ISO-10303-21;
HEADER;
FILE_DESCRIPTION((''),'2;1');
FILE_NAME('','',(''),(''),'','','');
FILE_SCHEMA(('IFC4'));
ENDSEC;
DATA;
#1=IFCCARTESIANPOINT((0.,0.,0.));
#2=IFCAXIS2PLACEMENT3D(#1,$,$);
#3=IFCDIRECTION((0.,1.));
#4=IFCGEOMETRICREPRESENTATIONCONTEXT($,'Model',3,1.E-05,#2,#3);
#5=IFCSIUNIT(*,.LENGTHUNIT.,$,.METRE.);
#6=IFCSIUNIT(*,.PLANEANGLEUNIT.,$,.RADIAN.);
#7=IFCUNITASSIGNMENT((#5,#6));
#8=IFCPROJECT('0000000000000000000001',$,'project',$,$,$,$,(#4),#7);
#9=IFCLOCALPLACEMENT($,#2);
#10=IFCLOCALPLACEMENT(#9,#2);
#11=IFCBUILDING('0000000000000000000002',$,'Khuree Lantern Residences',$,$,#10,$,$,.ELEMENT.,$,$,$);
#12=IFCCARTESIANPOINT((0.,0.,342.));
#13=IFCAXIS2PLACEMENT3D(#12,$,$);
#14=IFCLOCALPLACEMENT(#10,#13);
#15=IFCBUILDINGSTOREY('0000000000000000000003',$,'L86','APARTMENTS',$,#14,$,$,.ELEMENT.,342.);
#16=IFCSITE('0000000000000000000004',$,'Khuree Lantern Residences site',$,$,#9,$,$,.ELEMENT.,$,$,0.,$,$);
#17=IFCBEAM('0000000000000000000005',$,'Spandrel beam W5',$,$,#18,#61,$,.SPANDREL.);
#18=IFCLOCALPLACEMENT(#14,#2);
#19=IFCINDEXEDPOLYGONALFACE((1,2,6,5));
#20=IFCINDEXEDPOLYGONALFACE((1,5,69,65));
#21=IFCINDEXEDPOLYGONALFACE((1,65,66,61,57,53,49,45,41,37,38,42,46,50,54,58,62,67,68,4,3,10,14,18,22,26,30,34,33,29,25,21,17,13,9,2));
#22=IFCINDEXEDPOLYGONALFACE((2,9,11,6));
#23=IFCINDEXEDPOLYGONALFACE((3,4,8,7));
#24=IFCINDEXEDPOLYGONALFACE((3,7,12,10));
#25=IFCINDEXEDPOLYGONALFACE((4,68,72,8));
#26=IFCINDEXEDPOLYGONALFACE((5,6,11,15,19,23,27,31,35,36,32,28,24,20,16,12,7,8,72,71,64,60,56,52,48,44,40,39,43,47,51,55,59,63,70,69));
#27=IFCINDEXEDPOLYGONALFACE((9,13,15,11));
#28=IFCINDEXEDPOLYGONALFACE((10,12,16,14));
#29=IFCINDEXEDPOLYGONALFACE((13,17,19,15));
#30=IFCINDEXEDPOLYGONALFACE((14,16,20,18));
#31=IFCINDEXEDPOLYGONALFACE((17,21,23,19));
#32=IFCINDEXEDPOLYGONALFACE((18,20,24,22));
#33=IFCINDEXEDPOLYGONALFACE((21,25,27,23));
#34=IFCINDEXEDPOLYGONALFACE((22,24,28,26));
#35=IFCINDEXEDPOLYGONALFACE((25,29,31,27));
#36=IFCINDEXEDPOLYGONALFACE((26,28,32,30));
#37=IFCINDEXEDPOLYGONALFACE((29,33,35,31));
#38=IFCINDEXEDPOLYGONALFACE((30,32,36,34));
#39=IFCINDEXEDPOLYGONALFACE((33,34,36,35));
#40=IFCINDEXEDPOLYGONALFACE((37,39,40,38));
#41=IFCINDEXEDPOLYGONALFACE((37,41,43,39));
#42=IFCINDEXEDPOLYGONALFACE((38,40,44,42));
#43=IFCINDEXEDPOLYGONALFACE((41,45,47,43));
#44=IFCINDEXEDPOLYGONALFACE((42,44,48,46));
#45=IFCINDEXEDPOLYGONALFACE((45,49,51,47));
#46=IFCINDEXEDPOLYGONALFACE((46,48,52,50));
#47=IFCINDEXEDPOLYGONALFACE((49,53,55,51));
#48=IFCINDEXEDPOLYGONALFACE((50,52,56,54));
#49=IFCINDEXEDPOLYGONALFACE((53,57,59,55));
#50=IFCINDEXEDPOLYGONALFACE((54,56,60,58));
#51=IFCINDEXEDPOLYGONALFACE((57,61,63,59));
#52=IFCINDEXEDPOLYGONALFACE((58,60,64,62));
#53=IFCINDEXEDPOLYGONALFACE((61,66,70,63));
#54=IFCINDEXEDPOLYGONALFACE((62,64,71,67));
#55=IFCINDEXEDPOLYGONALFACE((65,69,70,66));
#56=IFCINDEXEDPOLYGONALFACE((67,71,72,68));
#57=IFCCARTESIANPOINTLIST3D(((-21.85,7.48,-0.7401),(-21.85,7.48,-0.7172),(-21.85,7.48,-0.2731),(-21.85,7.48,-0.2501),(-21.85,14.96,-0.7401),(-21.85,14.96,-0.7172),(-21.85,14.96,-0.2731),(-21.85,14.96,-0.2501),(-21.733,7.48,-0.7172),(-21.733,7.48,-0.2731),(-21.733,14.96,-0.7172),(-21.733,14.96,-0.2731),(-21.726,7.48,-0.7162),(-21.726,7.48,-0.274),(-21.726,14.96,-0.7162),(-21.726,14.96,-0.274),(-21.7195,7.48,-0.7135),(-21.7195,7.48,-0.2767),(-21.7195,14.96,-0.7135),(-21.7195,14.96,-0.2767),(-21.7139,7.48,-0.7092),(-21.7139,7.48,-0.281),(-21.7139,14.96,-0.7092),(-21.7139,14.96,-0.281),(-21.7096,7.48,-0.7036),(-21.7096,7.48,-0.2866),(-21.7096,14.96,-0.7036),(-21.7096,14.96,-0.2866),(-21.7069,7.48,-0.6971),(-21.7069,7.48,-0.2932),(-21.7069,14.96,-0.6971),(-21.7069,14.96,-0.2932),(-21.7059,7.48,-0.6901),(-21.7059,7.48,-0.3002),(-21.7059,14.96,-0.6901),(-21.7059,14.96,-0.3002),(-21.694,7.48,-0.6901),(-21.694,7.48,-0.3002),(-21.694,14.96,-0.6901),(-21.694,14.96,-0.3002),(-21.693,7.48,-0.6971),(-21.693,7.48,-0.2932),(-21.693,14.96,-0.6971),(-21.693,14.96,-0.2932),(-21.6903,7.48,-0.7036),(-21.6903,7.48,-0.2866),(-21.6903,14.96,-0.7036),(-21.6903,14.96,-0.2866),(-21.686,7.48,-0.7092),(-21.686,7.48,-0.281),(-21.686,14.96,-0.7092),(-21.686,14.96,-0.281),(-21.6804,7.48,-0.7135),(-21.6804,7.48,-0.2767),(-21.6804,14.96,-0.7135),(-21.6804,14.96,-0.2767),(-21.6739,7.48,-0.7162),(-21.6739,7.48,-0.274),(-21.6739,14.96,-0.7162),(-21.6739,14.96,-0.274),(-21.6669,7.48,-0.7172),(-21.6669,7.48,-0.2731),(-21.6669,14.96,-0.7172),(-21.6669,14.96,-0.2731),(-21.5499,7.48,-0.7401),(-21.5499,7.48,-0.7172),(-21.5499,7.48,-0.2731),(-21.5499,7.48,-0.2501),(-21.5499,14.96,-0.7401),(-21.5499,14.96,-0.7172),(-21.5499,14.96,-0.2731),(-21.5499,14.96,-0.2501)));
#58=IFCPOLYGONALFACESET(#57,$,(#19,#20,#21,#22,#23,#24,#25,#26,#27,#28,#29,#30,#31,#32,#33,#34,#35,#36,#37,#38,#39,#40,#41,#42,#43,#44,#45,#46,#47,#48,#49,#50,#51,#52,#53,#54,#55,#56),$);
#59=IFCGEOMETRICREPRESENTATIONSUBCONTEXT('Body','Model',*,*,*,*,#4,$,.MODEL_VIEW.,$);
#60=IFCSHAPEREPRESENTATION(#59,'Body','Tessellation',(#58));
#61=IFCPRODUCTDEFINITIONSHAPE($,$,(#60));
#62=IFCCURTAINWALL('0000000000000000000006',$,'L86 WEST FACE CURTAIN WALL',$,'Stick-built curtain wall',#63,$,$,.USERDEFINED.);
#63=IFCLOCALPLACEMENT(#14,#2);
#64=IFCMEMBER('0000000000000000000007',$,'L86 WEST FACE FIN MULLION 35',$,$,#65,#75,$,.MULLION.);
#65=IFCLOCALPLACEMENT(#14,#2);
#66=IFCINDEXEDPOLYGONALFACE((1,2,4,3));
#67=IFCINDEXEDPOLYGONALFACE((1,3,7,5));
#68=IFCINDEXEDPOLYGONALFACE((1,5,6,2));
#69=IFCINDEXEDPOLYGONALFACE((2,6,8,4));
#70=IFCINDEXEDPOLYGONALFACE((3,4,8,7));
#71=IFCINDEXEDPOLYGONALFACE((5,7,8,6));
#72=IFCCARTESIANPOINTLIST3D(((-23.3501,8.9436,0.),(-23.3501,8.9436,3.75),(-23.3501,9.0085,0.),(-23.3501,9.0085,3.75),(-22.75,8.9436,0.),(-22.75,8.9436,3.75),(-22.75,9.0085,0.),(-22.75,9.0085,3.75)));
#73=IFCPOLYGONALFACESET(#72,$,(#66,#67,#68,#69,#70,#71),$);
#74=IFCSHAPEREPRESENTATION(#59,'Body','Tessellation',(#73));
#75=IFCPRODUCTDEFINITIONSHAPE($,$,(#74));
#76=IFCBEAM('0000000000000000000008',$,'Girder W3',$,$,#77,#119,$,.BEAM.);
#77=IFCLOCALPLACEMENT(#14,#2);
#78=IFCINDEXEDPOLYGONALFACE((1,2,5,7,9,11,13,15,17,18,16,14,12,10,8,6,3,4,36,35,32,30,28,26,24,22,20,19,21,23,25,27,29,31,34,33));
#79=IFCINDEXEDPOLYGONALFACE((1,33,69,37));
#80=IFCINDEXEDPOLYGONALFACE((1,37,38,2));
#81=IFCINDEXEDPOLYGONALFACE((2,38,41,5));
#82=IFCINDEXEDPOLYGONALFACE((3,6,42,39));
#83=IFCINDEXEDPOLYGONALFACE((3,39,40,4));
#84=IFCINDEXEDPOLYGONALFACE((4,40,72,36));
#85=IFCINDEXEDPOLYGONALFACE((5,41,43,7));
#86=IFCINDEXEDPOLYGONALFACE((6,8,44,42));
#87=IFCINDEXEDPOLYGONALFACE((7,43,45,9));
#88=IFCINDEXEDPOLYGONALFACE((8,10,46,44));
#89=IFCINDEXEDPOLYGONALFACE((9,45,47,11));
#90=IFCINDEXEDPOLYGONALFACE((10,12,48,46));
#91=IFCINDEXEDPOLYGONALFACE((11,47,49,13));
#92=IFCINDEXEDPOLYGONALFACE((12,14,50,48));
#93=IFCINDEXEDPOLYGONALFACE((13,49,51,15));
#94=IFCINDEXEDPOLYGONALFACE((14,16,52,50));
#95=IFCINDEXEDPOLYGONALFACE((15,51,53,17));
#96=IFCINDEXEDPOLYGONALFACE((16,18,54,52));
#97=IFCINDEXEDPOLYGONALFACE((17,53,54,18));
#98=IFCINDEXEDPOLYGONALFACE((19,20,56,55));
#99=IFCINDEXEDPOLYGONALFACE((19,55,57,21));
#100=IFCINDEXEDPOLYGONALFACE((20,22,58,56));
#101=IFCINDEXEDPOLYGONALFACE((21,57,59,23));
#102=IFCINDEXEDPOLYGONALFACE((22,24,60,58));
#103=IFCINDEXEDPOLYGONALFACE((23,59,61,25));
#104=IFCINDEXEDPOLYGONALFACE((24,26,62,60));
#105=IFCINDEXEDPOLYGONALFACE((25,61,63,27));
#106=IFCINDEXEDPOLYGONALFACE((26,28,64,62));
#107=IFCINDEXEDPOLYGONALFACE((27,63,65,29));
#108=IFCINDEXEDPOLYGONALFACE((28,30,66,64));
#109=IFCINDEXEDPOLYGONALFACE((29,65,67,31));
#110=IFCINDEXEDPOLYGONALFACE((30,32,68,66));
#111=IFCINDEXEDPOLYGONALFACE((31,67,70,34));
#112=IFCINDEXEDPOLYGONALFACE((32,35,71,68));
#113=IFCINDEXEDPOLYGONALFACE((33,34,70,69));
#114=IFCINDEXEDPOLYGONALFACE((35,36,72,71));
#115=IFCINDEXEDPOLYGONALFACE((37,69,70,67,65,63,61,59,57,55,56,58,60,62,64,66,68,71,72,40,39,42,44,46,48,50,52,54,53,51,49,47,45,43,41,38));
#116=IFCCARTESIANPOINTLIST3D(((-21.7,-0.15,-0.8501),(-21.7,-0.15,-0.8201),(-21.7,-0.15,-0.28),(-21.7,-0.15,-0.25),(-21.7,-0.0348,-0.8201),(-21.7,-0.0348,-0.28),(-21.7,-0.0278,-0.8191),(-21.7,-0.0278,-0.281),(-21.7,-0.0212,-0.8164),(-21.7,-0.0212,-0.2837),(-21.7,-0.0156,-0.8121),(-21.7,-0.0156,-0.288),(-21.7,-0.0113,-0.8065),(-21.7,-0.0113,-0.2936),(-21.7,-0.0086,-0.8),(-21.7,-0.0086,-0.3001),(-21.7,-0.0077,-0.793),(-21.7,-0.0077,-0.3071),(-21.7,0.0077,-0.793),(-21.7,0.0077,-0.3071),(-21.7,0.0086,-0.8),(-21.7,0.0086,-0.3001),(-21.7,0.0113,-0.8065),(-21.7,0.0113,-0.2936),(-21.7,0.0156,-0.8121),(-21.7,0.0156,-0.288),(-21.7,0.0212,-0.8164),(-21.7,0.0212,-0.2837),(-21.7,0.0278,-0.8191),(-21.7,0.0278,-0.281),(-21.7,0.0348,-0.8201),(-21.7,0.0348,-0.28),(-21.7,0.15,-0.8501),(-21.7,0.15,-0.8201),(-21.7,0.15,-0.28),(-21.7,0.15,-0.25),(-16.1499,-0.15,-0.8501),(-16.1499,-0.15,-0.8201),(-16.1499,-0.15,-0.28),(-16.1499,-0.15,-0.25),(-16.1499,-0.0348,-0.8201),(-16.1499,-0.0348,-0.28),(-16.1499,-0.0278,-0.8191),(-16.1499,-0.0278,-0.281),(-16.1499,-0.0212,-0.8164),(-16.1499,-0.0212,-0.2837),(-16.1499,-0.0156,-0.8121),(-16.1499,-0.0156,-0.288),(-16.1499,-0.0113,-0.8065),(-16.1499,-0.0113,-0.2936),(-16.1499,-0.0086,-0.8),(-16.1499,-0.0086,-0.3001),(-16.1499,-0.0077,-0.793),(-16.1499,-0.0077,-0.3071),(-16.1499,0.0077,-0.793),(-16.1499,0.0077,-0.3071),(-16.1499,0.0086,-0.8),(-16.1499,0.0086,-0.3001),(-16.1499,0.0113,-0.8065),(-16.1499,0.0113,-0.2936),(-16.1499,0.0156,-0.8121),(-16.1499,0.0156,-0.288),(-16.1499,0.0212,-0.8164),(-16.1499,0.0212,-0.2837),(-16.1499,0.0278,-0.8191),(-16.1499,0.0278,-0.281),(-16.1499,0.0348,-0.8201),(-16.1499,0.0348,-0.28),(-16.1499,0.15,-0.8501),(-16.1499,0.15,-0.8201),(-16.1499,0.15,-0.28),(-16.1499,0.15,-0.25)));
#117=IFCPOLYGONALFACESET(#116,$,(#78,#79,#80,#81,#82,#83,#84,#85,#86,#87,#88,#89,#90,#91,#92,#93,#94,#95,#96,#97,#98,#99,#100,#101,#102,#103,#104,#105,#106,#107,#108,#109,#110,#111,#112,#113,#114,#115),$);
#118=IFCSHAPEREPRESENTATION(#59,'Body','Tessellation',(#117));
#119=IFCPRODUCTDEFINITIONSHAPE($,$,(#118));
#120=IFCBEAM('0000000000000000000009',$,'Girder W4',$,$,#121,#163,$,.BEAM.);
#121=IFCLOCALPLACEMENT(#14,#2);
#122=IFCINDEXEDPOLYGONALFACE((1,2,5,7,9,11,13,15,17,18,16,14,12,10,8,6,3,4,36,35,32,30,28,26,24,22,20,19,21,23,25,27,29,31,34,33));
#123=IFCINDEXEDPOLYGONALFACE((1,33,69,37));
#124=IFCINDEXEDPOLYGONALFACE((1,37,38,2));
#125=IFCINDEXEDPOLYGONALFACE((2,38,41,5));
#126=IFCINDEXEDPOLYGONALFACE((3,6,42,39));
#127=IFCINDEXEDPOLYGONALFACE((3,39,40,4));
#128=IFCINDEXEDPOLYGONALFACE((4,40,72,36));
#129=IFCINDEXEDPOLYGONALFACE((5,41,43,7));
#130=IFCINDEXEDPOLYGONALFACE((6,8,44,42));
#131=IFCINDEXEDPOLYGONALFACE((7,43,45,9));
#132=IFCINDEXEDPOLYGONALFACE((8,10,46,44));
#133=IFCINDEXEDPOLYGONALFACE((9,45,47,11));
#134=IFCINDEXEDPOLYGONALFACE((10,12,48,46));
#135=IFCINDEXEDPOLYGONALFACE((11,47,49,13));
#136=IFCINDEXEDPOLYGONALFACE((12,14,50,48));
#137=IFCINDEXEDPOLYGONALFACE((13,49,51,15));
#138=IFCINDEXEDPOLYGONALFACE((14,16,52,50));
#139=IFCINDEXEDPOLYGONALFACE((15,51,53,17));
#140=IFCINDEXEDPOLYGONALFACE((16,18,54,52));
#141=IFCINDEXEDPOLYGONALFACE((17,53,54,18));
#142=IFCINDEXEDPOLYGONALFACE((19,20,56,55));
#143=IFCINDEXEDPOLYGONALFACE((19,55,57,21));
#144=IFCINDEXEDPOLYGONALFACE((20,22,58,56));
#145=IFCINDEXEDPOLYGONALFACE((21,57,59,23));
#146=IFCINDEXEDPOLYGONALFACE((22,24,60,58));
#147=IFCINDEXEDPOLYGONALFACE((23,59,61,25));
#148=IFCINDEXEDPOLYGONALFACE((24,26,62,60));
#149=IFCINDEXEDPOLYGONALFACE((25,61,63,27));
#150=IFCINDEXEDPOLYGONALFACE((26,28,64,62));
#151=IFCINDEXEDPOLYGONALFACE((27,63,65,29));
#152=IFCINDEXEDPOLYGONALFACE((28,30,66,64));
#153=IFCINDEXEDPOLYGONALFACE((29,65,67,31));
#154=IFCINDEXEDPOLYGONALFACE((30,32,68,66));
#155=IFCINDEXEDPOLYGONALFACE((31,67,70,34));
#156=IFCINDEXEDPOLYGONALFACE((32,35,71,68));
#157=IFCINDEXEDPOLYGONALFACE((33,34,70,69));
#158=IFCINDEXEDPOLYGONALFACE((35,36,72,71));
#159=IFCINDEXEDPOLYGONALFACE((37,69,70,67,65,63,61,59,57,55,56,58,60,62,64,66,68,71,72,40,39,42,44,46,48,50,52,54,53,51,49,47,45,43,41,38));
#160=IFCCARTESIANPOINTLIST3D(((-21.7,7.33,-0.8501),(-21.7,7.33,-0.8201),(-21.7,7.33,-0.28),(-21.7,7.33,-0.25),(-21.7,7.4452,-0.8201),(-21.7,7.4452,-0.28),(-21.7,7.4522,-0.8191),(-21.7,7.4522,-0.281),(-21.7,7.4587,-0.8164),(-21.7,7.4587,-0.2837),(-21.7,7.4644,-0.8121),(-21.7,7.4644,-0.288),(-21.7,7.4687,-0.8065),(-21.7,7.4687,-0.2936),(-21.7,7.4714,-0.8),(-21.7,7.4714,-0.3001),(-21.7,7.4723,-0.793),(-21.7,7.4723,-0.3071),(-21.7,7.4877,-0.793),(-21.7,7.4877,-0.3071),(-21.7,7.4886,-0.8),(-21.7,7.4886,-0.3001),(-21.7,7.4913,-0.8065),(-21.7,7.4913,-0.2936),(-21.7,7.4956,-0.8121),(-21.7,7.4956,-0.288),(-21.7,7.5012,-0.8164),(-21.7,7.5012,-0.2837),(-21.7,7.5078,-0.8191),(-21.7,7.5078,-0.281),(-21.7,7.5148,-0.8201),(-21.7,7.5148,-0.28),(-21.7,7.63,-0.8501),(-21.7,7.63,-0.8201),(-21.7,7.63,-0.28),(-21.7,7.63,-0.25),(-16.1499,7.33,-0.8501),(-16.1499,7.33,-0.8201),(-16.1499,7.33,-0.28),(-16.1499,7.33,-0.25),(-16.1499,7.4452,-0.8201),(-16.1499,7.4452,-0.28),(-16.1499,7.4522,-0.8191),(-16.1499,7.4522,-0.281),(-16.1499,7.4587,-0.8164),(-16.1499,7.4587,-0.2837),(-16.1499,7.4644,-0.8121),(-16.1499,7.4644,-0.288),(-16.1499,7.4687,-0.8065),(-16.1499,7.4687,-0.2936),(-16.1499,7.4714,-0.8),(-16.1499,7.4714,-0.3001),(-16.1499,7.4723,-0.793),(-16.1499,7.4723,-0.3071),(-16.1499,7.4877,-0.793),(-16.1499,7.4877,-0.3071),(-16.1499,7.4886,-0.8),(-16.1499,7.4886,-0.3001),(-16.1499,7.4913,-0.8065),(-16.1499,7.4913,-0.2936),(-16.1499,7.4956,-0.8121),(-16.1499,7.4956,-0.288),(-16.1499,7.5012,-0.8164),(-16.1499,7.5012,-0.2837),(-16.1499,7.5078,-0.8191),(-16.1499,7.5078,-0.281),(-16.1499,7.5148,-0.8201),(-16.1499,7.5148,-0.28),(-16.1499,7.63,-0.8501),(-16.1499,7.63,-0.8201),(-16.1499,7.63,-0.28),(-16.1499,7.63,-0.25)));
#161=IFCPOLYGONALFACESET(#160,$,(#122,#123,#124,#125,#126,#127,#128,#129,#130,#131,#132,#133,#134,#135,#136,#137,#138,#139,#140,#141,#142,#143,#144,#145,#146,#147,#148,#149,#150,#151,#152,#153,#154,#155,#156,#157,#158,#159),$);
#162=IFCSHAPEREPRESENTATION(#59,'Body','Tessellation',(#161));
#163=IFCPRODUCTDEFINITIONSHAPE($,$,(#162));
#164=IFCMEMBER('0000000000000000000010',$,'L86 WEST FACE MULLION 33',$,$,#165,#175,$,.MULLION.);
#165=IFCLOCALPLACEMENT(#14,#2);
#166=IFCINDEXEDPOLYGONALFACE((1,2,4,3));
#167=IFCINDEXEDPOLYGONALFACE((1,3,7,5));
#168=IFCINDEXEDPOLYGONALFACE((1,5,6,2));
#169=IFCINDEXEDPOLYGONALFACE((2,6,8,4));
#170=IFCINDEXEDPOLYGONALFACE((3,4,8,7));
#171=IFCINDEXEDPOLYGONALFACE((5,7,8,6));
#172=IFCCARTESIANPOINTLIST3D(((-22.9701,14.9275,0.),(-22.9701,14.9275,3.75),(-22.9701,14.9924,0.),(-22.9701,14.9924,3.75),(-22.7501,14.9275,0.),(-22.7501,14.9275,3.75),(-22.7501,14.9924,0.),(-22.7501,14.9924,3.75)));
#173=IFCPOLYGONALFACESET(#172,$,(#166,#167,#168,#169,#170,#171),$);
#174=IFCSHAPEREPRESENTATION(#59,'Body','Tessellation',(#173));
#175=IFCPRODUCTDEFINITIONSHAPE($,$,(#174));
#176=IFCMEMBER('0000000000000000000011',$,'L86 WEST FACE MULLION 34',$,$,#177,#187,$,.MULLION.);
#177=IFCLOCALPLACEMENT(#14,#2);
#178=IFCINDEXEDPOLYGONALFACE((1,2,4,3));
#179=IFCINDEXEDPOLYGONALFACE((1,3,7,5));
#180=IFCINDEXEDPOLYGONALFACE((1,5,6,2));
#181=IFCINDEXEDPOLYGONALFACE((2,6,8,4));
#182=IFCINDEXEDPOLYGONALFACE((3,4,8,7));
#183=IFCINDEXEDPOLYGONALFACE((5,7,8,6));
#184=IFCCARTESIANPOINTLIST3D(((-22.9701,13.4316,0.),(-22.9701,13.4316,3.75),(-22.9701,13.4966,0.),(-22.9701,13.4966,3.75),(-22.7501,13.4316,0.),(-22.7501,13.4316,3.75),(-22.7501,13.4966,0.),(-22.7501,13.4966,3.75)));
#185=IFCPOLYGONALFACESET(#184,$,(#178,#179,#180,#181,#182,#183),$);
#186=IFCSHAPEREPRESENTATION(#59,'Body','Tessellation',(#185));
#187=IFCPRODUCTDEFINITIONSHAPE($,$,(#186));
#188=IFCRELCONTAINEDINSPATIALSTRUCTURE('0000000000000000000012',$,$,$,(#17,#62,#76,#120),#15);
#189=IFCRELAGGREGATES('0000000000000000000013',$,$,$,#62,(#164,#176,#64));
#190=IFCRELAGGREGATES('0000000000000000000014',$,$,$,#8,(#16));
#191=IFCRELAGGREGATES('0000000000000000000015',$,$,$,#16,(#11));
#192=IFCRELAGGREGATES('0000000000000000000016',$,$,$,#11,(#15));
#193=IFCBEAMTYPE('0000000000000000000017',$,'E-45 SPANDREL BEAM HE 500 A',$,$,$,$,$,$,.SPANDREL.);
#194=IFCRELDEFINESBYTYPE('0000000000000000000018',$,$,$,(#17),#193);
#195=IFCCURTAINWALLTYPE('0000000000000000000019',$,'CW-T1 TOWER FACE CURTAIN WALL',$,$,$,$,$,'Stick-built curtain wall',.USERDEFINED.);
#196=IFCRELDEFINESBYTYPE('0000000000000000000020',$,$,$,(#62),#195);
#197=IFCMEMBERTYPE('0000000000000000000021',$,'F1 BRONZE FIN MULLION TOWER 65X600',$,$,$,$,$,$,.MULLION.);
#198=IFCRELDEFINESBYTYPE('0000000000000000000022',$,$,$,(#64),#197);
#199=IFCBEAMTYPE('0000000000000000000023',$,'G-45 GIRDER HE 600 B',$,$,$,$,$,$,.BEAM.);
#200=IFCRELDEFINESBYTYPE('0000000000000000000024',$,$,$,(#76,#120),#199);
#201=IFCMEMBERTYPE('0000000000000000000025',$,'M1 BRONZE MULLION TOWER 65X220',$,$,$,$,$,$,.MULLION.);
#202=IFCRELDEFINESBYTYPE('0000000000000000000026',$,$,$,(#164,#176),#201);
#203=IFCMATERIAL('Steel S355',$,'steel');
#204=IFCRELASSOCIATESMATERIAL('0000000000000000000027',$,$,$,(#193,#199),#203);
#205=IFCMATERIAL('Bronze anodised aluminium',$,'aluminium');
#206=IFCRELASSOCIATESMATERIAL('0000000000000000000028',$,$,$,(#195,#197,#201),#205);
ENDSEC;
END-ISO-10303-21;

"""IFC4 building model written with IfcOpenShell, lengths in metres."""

from ifc_helpers import new_model, si_unit, direction, frame, origin, origin_2d, place, context, subcontext, project, spatial, rectangle, i_section, extrude, material, material_profile, profile_set, type_object, element, aggregate, save


model = new_model("IFC4")

# Units and contexts
model_context = context("Model", 3, precision=1e-05, world=origin(), true_north=direction((0.0, 1.0)))
body_context = subcontext(model_context, "Body", "Model", "MODEL_VIEW")
ifc_project = project(units=[si_unit("LENGTHUNIT", "METRE"), si_unit("PLANEANGLEUNIT", "RADIAN")], contexts=[model_context])

# Site, building, storey
site_placement = place(None, origin())
site = spatial("IfcSite", under=ifc_project, at=site_placement, Name="Khuree Lantern Residences site", CompositionType="ELEMENT", RefElevation=0.0)
building_placement = place(site_placement, origin())
building = spatial("IfcBuilding", under=site, at=building_placement, Name="Khuree Lantern Residences", CompositionType="ELEMENT")
storey_placement = place(building_placement, frame((0.0, 0.0, 342.0)))
storey = spatial("IfcBuildingStorey", under=building, at=storey_placement, Name="L86", Description="APARTMENTS", CompositionType="ELEMENT", Elevation=342.0)

# Beam
ifc_material_1 = material(Name="Steel S355", Category="steel")
ifc_material_profile_1 = material_profile(ifc_material_1, i_section(OverallWidth=0.3, OverallDepth=0.49, WebThickness=0.012, FlangeThickness=0.0229, FilletRadius=0.0271, at=origin_2d()), Name="HE 500 A")
ifc_profile_set_1 = profile_set([ifc_material_profile_1], Name="Steel S355")
beam_type_1 = type_object("IfcBeamType", Name="E-45 SPANDREL BEAM HE 500 A", PredefinedType="SPANDREL", material=ifc_profile_set_1)
for number, where, z_axis, x_axis, name in (
    (1, (-21.7, 7.48, -0.4951), (0.0, 1.0, 0.0), (-1.0, 0.0, 0.0), "Spandrel beam W5"),
):
    element("IfcBeam", number, at=place(storey_placement, frame(where, z_axis=z_axis, x_axis=x_axis)), inside=storey, type_object=beam_type_1, Name=name, PredefinedType="SPANDREL", context=body_context, shape_type="SweptSolid", body=[
        extrude(i_section(OverallWidth=0.3, OverallDepth=0.49, WebThickness=0.012, FlangeThickness=0.0229, FilletRadius=0.0271, at=origin_2d()), origin(), (0.0, 0.0, 1.0), 7.48),
    ])

# Curtain wall, member
ifc_material_2 = material(Name="Bronze anodised aluminium", Category="aluminium")
curtain_wall_type = type_object("IfcCurtainWallType", Name="CW-T1 TOWER FACE CURTAIN WALL", ElementType="Stick-built curtain wall", PredefinedType="USERDEFINED", material=ifc_material_2)
curtain_wall_placement = place(storey_placement, origin())
curtain_wall = element("IfcCurtainWall", 2, at=curtain_wall_placement, inside=storey, type_object=curtain_wall_type, Name="L86 WEST FACE CURTAIN WALL", ObjectType="Stick-built curtain wall", PredefinedType="USERDEFINED")
ifc_material_profile_2 = material_profile(ifc_material_2, rectangle(XDim=0.0649, YDim=0.6001, at=origin_2d()), Name="F1 65X600")
ifc_profile_set_2 = profile_set([ifc_material_profile_2], Name="Bronze anodised aluminium")
member_type_1 = type_object("IfcMemberType", Name="F1 BRONZE FIN MULLION TOWER 65X600", PredefinedType="MULLION", material=ifc_profile_set_2)
member_1_placement = place(storey_placement, frame((-23.05, 8.9761, 0.0), z_axis=(0.0, 0.0, 1.0), x_axis=(0.0, -1.0, 0.0)))
member_1 = element("IfcMember", 3, at=member_1_placement, type_object=member_type_1, Name="L86 WEST FACE FIN MULLION 35", PredefinedType="MULLION", context=body_context, shape_type="SweptSolid", body=[
    extrude(rectangle(XDim=0.0649, YDim=0.6001, at=origin_2d()), origin(), (0.0, 0.0, 1.0), 3.75),
])

# Beams
ifc_material_profile_3 = material_profile(ifc_material_1, i_section(OverallWidth=0.3, OverallDepth=0.6001, WebThickness=0.0154, FlangeThickness=0.03, FilletRadius=0.0271, at=origin_2d()), Name="HE 600 B")
ifc_profile_set_3 = profile_set([ifc_material_profile_3], Name="Steel S355")
beam_type_2 = type_object("IfcBeamType", Name="G-45 GIRDER HE 600 B", PredefinedType="BEAM", material=ifc_profile_set_3)
for number, where, z_axis, x_axis, name in (
    (4, (-21.7, 0.0, -0.55), (1.0, 0.0, 0.0), (0.0, 1.0, 0.0), "Girder W3"),
    (5, (-21.7, 7.48, -0.55), (1.0, 0.0, 0.0), (0.0, 1.0, 0.0), "Girder W4"),
):
    element("IfcBeam", number, at=place(storey_placement, frame(where, z_axis=z_axis, x_axis=x_axis)), inside=storey, type_object=beam_type_2, Name=name, PredefinedType="BEAM", context=body_context, shape_type="SweptSolid", body=[
        extrude(i_section(OverallWidth=0.3, OverallDepth=0.6001, WebThickness=0.0154, FlangeThickness=0.03, FilletRadius=0.0271, at=origin_2d()), origin(), (0.0, 0.0, 1.0), 5.55),
    ])

# Members
ifc_material_profile_4 = material_profile(ifc_material_2, rectangle(XDim=0.0649, YDim=0.22, at=origin_2d()), Name="M1 65X220")
ifc_profile_set_4 = profile_set([ifc_material_profile_4], Name="Bronze anodised aluminium")
member_type_2 = type_object("IfcMemberType", Name="M1 BRONZE MULLION TOWER 65X220", PredefinedType="MULLION", material=ifc_profile_set_4)
member_2_placement = place(storey_placement, frame((-22.8601, 14.96, 0.0), z_axis=(0.0, 0.0, 1.0), x_axis=(0.0, -1.0, 0.0)))
member_2 = element("IfcMember", 6, at=member_2_placement, type_object=member_type_2, Name="L86 WEST FACE MULLION 33", PredefinedType="MULLION", context=body_context, shape_type="SweptSolid", body=[
    extrude(rectangle(XDim=0.0649, YDim=0.22, at=origin_2d()), origin(), (0.0, 0.0, 1.0), 3.75),
])
member_3_placement = place(storey_placement, frame((-22.8601, 13.4641, 0.0), z_axis=(0.0, 0.0, 1.0), x_axis=(0.0, -1.0, 0.0)))
member_3 = element("IfcMember", 7, at=member_3_placement, type_object=member_type_2, Name="L86 WEST FACE MULLION 34", PredefinedType="MULLION", context=body_context, shape_type="SweptSolid", body=[
    extrude(rectangle(XDim=0.0649, YDim=0.22, at=origin_2d()), origin(), (0.0, 0.0, 1.0), 3.75),
])

aggregate(curtain_wall, [member_2, member_3, member_1])

save(model, "model.ifc")
